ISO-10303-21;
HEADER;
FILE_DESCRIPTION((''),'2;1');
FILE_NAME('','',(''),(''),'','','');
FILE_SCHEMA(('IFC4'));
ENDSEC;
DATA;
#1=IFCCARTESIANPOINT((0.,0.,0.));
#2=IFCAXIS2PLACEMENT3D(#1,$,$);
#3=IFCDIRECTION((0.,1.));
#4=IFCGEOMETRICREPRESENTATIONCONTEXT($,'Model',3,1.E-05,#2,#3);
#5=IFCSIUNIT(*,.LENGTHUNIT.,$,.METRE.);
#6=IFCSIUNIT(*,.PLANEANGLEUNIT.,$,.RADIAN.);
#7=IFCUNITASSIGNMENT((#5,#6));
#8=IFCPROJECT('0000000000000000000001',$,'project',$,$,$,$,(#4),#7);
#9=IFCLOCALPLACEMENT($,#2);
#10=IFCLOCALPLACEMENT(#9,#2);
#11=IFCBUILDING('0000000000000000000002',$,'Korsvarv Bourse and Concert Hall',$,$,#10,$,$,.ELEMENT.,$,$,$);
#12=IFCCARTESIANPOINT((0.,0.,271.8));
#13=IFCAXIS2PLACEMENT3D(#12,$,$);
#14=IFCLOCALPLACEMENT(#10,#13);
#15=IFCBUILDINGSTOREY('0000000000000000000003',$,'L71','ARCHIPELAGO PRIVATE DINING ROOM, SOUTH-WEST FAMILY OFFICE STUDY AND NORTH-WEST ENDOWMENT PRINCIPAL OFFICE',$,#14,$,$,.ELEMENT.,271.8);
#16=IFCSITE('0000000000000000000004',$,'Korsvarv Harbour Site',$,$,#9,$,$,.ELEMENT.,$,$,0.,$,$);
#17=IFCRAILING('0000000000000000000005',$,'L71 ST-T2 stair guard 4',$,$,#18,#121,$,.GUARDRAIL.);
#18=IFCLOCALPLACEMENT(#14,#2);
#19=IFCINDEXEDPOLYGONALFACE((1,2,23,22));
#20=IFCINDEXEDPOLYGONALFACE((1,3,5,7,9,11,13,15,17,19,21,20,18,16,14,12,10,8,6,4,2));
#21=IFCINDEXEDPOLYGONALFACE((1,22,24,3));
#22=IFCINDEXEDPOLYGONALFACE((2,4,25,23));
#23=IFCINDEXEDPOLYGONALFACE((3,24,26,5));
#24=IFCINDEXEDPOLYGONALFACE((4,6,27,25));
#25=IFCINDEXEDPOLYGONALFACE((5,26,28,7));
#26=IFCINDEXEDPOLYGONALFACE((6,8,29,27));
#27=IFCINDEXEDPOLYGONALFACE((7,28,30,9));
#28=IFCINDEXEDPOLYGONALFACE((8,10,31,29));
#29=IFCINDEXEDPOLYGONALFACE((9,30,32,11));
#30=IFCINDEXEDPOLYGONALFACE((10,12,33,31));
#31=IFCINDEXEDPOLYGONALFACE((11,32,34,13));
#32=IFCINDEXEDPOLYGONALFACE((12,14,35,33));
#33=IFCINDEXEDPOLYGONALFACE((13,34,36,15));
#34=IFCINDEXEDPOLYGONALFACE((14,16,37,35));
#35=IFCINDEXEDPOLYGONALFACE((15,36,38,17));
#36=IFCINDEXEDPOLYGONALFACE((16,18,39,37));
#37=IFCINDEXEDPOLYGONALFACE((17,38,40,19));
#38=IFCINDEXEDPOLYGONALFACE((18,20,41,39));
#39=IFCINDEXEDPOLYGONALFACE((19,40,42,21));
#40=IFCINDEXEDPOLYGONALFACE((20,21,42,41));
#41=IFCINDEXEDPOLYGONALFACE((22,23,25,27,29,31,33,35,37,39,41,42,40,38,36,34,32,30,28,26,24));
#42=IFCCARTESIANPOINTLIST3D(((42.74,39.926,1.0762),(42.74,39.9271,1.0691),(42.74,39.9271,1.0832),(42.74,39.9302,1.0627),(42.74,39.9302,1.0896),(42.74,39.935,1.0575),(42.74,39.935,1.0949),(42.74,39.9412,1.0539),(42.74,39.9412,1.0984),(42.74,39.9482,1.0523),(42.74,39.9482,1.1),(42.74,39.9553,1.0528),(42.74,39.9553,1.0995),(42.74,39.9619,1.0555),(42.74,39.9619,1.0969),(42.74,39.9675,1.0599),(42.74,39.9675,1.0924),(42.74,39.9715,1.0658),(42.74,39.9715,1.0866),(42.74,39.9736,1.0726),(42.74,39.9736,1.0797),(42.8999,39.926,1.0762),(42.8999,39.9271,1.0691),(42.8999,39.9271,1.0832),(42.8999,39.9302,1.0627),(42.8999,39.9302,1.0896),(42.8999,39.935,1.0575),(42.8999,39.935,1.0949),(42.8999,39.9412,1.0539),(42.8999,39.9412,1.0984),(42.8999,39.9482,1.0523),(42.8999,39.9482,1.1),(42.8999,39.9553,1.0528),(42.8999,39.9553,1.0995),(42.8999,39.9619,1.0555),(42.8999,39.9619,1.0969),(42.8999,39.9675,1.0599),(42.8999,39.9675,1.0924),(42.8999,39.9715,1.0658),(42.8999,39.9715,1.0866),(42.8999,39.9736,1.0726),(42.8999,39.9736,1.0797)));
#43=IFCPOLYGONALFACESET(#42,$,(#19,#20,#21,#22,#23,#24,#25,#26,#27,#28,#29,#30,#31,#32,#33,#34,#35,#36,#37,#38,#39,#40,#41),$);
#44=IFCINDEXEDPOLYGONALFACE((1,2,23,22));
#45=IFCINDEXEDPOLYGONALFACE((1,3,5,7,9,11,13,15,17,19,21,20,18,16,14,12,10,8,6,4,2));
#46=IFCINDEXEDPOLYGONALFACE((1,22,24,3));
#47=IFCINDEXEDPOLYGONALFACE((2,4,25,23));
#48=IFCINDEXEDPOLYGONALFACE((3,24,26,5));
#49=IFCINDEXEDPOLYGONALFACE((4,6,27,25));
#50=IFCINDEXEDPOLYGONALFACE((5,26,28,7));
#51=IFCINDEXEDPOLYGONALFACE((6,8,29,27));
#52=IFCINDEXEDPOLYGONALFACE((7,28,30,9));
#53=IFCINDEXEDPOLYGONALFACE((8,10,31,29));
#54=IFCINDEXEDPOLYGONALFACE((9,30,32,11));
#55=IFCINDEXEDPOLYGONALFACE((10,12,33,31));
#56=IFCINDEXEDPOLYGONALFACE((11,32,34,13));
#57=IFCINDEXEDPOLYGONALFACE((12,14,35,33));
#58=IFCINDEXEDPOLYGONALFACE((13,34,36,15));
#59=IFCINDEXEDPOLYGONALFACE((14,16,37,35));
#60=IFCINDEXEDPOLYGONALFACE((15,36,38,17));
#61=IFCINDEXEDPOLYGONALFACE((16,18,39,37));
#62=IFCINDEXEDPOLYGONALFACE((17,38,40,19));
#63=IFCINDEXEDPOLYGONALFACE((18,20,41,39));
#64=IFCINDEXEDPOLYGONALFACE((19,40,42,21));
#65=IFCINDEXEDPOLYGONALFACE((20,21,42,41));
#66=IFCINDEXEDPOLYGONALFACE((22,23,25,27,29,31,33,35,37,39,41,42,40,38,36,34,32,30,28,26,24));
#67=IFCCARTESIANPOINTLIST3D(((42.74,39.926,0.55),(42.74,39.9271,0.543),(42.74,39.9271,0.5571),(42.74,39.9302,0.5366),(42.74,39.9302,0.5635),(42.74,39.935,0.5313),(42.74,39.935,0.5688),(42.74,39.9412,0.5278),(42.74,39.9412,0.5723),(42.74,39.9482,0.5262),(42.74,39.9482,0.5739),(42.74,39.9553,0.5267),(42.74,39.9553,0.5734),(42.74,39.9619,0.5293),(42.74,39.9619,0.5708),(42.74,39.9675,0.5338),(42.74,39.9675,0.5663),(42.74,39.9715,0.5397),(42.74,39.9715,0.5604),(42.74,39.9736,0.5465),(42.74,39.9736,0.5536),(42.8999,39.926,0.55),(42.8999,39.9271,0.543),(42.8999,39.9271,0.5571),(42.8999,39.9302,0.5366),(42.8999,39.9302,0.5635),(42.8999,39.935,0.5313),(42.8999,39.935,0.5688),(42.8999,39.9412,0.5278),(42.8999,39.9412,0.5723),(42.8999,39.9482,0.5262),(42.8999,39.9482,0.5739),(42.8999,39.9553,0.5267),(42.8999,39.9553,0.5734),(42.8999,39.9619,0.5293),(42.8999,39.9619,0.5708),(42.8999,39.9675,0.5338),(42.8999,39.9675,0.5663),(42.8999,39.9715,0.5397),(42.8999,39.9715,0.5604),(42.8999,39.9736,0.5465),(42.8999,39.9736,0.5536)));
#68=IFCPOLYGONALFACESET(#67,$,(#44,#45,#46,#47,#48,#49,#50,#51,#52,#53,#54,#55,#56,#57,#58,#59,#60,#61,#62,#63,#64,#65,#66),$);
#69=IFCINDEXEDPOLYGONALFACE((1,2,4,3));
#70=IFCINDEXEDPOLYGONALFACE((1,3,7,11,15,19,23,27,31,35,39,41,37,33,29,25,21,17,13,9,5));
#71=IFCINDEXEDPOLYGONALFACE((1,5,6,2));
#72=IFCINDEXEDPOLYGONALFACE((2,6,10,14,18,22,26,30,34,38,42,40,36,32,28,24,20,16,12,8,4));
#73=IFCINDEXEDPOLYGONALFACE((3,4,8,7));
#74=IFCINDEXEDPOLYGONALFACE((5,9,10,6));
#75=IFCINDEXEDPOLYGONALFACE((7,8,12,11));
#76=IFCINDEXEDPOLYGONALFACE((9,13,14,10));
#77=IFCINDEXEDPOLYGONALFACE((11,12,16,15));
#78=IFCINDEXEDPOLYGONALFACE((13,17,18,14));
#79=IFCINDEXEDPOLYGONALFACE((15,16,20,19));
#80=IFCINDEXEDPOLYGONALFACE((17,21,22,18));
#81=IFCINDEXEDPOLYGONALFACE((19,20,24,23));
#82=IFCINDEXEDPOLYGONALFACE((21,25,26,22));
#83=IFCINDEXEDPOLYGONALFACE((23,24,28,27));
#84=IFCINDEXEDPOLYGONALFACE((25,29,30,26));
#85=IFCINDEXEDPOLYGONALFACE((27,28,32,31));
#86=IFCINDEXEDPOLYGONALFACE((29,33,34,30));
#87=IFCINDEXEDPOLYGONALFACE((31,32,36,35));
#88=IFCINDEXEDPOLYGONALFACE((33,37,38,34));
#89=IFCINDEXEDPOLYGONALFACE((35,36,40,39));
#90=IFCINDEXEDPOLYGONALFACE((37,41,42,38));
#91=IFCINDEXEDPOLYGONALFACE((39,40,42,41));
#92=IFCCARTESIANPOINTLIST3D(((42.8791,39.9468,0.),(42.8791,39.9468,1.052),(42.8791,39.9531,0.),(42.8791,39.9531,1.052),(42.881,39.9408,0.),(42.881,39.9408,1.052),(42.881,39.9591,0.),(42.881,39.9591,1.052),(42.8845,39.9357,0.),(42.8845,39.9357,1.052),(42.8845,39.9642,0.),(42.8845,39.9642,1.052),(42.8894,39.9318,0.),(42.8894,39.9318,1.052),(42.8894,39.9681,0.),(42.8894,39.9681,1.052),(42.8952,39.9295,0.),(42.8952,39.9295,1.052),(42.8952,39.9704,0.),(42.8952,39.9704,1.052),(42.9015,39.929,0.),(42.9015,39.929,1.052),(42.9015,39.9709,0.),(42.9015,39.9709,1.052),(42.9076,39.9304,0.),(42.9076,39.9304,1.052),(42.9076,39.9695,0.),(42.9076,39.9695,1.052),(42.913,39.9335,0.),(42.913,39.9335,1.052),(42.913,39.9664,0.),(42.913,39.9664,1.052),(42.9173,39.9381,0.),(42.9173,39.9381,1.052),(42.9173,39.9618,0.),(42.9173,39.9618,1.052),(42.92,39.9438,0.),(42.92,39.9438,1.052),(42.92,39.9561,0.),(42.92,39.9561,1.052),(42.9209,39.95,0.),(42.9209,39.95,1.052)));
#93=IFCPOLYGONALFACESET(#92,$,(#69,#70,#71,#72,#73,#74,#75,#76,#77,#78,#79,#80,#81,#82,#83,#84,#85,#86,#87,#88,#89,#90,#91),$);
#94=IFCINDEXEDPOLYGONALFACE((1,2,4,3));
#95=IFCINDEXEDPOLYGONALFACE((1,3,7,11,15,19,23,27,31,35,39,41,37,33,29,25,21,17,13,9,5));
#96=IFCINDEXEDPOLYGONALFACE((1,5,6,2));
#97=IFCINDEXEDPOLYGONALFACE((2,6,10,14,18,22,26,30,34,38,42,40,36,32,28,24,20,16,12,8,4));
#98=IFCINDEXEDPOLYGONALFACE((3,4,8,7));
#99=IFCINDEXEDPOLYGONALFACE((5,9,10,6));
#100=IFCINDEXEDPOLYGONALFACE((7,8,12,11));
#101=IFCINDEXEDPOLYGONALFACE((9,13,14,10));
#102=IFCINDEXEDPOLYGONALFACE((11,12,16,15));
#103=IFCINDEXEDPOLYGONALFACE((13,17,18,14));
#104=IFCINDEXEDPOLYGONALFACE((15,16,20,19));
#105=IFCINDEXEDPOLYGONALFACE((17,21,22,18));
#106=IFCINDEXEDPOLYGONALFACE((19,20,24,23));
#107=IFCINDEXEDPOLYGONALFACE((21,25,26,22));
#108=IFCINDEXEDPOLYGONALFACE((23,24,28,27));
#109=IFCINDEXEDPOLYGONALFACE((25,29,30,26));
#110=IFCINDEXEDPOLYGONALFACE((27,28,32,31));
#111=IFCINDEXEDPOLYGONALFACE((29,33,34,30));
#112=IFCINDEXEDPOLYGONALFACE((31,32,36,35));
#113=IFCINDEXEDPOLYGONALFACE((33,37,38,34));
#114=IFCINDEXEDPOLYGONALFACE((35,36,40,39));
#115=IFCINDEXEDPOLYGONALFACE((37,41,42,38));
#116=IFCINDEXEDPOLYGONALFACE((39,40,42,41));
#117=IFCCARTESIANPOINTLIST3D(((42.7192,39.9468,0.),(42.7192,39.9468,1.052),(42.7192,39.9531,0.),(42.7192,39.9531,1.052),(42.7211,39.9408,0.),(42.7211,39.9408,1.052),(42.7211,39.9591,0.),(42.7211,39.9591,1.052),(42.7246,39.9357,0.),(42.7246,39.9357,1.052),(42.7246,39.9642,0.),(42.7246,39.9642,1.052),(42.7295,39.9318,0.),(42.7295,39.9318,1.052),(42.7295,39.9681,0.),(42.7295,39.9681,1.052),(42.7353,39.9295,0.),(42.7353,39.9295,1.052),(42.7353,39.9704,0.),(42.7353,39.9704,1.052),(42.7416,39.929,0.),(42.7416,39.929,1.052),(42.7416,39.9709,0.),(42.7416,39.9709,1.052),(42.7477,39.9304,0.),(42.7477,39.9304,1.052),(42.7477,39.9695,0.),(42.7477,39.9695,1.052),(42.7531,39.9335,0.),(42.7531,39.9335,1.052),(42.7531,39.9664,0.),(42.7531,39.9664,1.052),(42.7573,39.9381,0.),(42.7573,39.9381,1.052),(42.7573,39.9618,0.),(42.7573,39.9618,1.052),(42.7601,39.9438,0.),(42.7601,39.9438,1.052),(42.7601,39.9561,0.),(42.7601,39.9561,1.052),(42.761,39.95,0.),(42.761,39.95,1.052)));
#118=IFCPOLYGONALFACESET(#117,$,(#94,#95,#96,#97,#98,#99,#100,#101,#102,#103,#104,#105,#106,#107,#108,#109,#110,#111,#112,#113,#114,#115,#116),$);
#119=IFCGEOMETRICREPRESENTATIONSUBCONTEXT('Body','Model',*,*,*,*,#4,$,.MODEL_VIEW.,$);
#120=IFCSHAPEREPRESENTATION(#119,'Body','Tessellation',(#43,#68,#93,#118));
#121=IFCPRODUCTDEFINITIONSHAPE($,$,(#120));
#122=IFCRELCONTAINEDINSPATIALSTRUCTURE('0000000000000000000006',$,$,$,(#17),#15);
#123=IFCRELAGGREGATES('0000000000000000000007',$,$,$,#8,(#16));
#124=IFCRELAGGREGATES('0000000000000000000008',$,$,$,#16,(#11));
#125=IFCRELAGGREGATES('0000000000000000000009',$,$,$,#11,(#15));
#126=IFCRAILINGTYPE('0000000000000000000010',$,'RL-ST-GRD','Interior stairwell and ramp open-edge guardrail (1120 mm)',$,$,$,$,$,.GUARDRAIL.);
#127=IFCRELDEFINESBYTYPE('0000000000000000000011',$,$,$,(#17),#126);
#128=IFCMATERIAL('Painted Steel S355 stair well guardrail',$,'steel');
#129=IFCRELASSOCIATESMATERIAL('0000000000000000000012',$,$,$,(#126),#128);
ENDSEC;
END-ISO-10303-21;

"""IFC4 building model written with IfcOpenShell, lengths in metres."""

from ifc_helpers import new_model, si_unit, direction, frame, origin, origin_2d, place, context, subcontext, project, spatial, circle, extrude, material, type_object, element, save


model = new_model("IFC4")

# Units and contexts
model_context = context("Model", 3, precision=1e-05, world=origin(), true_north=direction((0.0, 1.0)))
body_context = subcontext(model_context, "Body", "Model", "MODEL_VIEW")
ifc_project = project(units=[si_unit("LENGTHUNIT", "METRE"), si_unit("PLANEANGLEUNIT", "RADIAN")], contexts=[model_context])

# Site, building, storey
site_placement = place(None, origin())
site = spatial("IfcSite", under=ifc_project, at=site_placement, Name="Korsvarv Harbour Site", CompositionType="ELEMENT", RefElevation=0.0)
building_placement = place(site_placement, origin())
building = spatial("IfcBuilding", under=site, at=building_placement, Name="Korsvarv Bourse and Concert Hall", CompositionType="ELEMENT")
storey_placement = place(building_placement, frame((0.0, 0.0, 271.8)))
storey = spatial("IfcBuildingStorey", under=building, at=storey_placement, Name="L71", Description="ARCHIPELAGO PRIVATE DINING ROOM, SOUTH-WEST FAMILY OFFICE STUDY AND NORTH-WEST ENDOWMENT PRINCIPAL OFFICE", CompositionType="ELEMENT", Elevation=271.8)

# Railing
ifc_material_1 = material(Name="Painted Steel S355 stair well guardrail", Category="steel")
railing_type_1 = type_object("IfcRailingType", Name="RL-ST-GRD", Description="Interior stairwell and ramp open-edge guardrail (1120 mm)", PredefinedType="GUARDRAIL", material=ifc_material_1)
railing_1_placement = place(storey_placement, frame((42.8999, 39.95, 0.0)))
element("IfcRailing", 1, at=railing_1_placement, inside=storey, type_object=railing_type_1, Name="L71 ST-T2 stair guard 4", PredefinedType="GUARDRAIL", context=body_context, shape_type="SweptSolid", body=[
    extrude(circle(Radius=0.0239, at=origin_2d()), frame((0.0, 0.0, 1.0762), z_axis=(-1.0, 0.0, 0.0), x_axis=(0.0, -1.0, 0.0)), (0.0, 0.0, 1.0), 0.1599),
    extrude(circle(Radius=0.0239, at=origin_2d()), frame((0.0, 0.0, 0.55), z_axis=(-1.0, 0.0, 0.0), x_axis=(0.0, -1.0, 0.0)), (0.0, 0.0, 1.0), 0.1599),
    extrude(circle(Radius=0.021, at=origin_2d()), origin(), (0.0, 0.0, 1.0), 1.052),
    extrude(circle(Radius=0.021, at=origin_2d()), frame((-0.1599, 0.0, 0.0)), (0.0, 0.0, 1.0), 1.052),
])

save(model, "model.ifc")
